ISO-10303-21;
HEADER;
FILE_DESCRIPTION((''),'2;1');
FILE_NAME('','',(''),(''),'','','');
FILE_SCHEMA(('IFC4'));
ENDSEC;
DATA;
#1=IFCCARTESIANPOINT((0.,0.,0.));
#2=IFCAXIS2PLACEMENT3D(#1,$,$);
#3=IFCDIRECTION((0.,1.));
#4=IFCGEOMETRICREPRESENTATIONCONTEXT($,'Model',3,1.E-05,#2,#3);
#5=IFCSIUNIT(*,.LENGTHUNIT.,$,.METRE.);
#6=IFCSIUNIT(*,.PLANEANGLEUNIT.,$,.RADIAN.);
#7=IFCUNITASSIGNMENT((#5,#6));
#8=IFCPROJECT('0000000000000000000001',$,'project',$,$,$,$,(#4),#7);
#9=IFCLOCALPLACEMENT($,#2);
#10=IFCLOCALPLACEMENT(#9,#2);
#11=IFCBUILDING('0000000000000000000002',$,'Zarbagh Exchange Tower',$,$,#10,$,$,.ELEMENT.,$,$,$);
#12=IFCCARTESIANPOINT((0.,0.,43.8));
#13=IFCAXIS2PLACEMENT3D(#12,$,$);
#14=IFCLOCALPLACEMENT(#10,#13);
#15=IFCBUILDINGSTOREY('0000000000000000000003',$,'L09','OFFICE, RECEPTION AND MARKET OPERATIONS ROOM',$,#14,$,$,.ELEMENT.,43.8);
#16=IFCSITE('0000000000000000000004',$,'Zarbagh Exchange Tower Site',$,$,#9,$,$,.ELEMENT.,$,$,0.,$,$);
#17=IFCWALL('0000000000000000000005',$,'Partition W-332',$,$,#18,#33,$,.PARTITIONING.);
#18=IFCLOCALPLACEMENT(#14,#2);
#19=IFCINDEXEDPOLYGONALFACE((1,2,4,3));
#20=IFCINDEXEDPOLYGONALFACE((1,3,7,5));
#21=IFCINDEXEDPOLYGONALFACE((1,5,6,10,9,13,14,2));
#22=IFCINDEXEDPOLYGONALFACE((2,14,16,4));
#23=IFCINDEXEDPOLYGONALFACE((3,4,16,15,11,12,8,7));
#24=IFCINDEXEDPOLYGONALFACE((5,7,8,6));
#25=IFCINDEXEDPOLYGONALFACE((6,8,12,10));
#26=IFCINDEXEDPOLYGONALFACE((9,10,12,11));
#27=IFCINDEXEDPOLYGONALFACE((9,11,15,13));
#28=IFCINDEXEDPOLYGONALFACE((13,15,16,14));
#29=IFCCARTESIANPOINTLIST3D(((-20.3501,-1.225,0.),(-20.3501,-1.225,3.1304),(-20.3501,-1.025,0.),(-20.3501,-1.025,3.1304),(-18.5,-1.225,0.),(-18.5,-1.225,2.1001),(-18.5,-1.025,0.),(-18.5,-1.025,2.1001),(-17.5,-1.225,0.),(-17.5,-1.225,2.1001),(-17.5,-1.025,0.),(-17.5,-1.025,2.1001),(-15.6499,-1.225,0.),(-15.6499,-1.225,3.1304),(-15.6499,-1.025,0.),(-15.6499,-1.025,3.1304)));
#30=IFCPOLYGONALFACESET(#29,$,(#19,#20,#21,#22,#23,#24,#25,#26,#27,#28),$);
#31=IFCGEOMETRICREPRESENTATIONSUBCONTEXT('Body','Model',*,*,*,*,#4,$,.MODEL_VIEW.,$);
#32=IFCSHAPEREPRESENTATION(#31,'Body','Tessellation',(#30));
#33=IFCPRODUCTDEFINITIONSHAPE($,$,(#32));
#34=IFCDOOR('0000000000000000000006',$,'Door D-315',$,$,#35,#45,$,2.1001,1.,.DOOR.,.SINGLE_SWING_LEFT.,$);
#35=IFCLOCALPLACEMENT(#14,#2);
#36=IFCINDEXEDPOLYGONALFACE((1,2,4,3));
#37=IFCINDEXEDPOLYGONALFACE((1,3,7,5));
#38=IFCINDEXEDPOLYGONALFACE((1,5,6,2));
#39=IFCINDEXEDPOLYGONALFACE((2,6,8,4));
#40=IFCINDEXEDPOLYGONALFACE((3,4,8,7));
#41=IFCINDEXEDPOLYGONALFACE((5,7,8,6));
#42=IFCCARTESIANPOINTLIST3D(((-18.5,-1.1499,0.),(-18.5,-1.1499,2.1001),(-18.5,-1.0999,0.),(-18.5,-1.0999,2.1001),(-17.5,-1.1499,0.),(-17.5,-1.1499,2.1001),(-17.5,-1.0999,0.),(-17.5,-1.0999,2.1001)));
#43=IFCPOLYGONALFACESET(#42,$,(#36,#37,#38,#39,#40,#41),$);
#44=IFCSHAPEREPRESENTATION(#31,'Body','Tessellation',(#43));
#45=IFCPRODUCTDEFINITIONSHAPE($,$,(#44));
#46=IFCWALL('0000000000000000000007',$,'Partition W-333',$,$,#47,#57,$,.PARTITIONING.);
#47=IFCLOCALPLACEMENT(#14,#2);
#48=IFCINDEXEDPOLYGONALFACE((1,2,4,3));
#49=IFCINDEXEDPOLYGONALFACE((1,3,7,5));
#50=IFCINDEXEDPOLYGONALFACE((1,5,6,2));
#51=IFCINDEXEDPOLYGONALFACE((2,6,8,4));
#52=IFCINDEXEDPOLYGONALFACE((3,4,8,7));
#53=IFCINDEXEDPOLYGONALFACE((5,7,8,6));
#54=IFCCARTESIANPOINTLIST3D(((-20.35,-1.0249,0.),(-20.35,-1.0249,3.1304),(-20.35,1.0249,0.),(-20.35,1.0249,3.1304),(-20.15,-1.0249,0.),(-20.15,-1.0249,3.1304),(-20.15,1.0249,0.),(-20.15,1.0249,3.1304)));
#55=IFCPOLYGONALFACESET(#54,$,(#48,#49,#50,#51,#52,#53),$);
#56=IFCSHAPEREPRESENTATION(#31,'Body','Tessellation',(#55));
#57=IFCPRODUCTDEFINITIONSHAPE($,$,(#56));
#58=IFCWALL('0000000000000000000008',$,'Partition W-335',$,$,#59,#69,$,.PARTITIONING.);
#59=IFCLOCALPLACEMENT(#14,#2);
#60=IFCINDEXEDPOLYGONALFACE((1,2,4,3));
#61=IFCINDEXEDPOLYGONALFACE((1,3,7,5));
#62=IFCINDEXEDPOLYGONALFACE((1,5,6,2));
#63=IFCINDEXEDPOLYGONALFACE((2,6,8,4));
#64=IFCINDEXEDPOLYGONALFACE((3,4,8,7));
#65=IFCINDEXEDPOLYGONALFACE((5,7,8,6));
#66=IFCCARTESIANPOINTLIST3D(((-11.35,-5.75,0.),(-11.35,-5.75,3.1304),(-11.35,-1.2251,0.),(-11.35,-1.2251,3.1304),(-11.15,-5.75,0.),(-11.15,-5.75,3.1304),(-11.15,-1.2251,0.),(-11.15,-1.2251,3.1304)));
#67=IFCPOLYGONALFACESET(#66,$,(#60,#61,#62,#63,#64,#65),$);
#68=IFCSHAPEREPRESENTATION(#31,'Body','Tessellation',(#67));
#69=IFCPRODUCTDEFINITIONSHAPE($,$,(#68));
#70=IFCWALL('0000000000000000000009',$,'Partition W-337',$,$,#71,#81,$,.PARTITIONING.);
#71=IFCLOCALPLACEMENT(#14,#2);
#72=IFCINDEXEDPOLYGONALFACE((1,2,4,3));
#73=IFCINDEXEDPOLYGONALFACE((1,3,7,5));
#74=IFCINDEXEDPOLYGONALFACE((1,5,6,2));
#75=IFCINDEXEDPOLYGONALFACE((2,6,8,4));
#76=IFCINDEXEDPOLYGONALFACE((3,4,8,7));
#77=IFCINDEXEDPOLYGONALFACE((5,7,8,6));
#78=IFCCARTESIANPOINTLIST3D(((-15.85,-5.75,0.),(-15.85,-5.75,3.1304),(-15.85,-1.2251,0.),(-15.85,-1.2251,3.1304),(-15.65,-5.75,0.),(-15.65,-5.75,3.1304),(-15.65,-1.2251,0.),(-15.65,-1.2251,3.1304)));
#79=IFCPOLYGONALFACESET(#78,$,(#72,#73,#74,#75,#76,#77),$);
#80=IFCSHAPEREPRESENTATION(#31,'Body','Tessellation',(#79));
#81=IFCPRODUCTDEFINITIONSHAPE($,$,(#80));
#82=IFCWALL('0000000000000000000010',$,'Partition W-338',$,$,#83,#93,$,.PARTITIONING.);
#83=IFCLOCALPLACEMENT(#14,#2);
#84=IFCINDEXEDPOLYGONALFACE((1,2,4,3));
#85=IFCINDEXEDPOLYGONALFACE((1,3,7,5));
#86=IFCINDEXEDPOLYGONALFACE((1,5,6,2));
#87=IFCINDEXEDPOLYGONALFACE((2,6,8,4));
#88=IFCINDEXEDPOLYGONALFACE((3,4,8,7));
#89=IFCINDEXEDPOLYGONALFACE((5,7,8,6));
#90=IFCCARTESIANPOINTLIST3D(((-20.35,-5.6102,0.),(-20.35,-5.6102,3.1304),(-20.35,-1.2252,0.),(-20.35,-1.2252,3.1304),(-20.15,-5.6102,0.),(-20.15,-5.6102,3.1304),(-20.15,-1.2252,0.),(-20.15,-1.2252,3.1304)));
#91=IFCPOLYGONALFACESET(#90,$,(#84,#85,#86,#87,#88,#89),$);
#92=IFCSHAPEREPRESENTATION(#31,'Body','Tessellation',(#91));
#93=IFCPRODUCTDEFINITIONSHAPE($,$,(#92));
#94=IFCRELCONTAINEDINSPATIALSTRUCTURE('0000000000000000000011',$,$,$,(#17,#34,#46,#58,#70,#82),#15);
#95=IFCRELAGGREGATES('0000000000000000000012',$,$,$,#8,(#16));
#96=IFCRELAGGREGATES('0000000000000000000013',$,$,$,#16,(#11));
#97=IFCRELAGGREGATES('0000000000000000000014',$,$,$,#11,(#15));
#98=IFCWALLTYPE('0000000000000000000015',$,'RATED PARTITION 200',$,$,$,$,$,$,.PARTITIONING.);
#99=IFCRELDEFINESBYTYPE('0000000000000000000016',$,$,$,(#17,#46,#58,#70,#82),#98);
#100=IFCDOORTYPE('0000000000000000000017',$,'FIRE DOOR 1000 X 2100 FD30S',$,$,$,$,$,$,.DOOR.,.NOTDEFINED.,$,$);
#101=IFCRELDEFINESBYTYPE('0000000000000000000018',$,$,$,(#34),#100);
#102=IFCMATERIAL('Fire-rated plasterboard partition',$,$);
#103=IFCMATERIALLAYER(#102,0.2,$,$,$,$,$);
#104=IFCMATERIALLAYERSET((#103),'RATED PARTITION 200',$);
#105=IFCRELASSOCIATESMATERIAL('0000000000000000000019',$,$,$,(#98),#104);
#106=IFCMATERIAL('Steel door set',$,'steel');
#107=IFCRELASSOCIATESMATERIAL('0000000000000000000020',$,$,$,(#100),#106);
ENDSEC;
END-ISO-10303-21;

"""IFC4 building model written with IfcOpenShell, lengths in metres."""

from ifc_helpers import new_model, si_unit, direction, frame, frame_2d, origin, place, context, subcontext, project, spatial, rectangle, extrude, material, layer, layer_set, type_object, element, fill, save


model = new_model("IFC4")

# Units and contexts
model_context = context("Model", 3, precision=1e-05, world=origin(), true_north=direction((0.0, 1.0)))
body_context = subcontext(model_context, "Body", "Model", "MODEL_VIEW")
ifc_project = project(units=[si_unit("LENGTHUNIT", "METRE"), si_unit("PLANEANGLEUNIT", "RADIAN")], contexts=[model_context])

# Site, building, storey
site_placement = place(None, origin())
site = spatial("IfcSite", under=ifc_project, at=site_placement, Name="Zarbagh Exchange Tower Site", CompositionType="ELEMENT", RefElevation=0.0)
building_placement = place(site_placement, origin())
building = spatial("IfcBuilding", under=site, at=building_placement, Name="Zarbagh Exchange Tower", CompositionType="ELEMENT")
storey_placement = place(building_placement, frame((0.0, 0.0, 43.8)))
storey = spatial("IfcBuildingStorey", under=building, at=storey_placement, Name="L09", Description="OFFICE, RECEPTION AND MARKET OPERATIONS ROOM", CompositionType="ELEMENT", Elevation=43.8)

# Shared definitions
ifc_material_1 = material(Name="Fire-rated plasterboard partition")
ifc_layer_1 = layer(ifc_material_1, 0.2)
ifc_layer_set_1 = layer_set([ifc_layer_1], Name="RATED PARTITION 200")
wall_type_1 = type_object("IfcWallType", Name="RATED PARTITION 200", PredefinedType="PARTITIONING", material=ifc_layer_set_1)

# Wall, opening, door
ifc_material_2 = material(Name="Steel door set", Category="steel")
door_type_1 = type_object("IfcDoorType", Name="FIRE DOOR 1000 X 2100 FD30S", OperationType="NOTDEFINED", PredefinedType="DOOR", material=ifc_material_2)
wall_1_placement = place(storey_placement, frame((-15.6499, -1.125, 0.0), z_axis=(0.0, 0.0, 1.0), x_axis=(-1.0, 0.0, 0.0)))
wall_1 = element("IfcWall", 1, at=wall_1_placement, inside=storey, type_object=wall_type_1, Name="Partition W-332", PredefinedType="PARTITIONING", context=body_context, shape_type="SweptSolid", body=[
    extrude(rectangle(XDim=4.7002, YDim=0.2, at=frame_2d((2.3501, 0.0))), origin(), (0.0, 0.0, 1.0), 3.1304),
])
opening_1_placement = place(wall_1_placement, frame((1.8501, 0.0, 0.0)))
opening_1 = element("IfcOpeningElement", 2, at=opening_1_placement, cuts=wall_1, PredefinedType="OPENING", context=body_context, shape_type="SweptSolid", body=[
    extrude(rectangle(XDim=1.0, YDim=2.1001, at=frame_2d((0.5, 1.05))), frame((0.0, 0.1099, 0.0), z_axis=(0.0, -1.0, 0.0), x_axis=(1.0, 0.0, 0.0)), (0.0, 0.0, 1.0), 0.22),
])
door_1_placement = place(opening_1_placement, origin())
door_1 = element("IfcDoor", 3, at=door_1_placement, inside=storey, type_object=door_type_1, Name="Door D-315", OperationType="SINGLE_SWING_LEFT", OverallHeight=2.1001, OverallWidth=1.0, PredefinedType="DOOR", context=body_context, shape_type="SweptSolid", body=[
    extrude(rectangle(XDim=1.0, YDim=2.1001, at=frame_2d((0.5, 1.05))), frame((0.0, 0.0249, 0.0), z_axis=(0.0, -1.0, 0.0), x_axis=(1.0, 0.0, 0.0)), (0.0, 0.0, 1.0), 0.05),
])
fill(opening_1, door_1)

# Walls
wall_2_placement = place(storey_placement, frame((-20.25, -1.0249, 0.0), z_axis=(0.0, 0.0, 1.0), x_axis=(0.0, 1.0, 0.0)))
element("IfcWall", 4, at=wall_2_placement, inside=storey, type_object=wall_type_1, Name="Partition W-333", PredefinedType="PARTITIONING", context=body_context, shape_type="SweptSolid", body=[
    extrude(rectangle(XDim=2.0498, YDim=0.2, at=frame_2d((1.0249, 0.0))), origin(), (0.0, 0.0, 1.0), 3.1304),
])
for number, where, z_axis, x_axis, name in (
    (5, (-11.25, -5.75, 0.0), (0.0, 0.0, 1.0), (0.0, 1.0, 0.0), "Partition W-335"),
    (6, (-15.75, -5.75, 0.0), (0.0, 0.0, 1.0), (0.0, 1.0, 0.0), "Partition W-337"),
):
    element("IfcWall", number, at=place(storey_placement, frame(where, z_axis=z_axis, x_axis=x_axis)), inside=storey, type_object=wall_type_1, Name=name, PredefinedType="PARTITIONING", context=body_context, shape_type="SweptSolid", body=[
        extrude(rectangle(XDim=4.5249, YDim=0.2, at=frame_2d((2.2625, 0.0))), origin(), (0.0, 0.0, 1.0), 3.1304),
    ])
wall_3_placement = place(storey_placement, frame((-20.25, -5.6101, 0.0), z_axis=(0.0, 0.0, 1.0), x_axis=(0.0, 1.0, 0.0)))
element("IfcWall", 7, at=wall_3_placement, inside=storey, type_object=wall_type_1, Name="Partition W-338", PredefinedType="PARTITIONING", context=body_context, shape_type="SweptSolid", body=[
    extrude(rectangle(XDim=4.385, YDim=0.2, at=frame_2d((2.1924, 0.0))), origin(), (0.0, 0.0, 1.0), 3.1304),
])

save(model, "model.ifc")
